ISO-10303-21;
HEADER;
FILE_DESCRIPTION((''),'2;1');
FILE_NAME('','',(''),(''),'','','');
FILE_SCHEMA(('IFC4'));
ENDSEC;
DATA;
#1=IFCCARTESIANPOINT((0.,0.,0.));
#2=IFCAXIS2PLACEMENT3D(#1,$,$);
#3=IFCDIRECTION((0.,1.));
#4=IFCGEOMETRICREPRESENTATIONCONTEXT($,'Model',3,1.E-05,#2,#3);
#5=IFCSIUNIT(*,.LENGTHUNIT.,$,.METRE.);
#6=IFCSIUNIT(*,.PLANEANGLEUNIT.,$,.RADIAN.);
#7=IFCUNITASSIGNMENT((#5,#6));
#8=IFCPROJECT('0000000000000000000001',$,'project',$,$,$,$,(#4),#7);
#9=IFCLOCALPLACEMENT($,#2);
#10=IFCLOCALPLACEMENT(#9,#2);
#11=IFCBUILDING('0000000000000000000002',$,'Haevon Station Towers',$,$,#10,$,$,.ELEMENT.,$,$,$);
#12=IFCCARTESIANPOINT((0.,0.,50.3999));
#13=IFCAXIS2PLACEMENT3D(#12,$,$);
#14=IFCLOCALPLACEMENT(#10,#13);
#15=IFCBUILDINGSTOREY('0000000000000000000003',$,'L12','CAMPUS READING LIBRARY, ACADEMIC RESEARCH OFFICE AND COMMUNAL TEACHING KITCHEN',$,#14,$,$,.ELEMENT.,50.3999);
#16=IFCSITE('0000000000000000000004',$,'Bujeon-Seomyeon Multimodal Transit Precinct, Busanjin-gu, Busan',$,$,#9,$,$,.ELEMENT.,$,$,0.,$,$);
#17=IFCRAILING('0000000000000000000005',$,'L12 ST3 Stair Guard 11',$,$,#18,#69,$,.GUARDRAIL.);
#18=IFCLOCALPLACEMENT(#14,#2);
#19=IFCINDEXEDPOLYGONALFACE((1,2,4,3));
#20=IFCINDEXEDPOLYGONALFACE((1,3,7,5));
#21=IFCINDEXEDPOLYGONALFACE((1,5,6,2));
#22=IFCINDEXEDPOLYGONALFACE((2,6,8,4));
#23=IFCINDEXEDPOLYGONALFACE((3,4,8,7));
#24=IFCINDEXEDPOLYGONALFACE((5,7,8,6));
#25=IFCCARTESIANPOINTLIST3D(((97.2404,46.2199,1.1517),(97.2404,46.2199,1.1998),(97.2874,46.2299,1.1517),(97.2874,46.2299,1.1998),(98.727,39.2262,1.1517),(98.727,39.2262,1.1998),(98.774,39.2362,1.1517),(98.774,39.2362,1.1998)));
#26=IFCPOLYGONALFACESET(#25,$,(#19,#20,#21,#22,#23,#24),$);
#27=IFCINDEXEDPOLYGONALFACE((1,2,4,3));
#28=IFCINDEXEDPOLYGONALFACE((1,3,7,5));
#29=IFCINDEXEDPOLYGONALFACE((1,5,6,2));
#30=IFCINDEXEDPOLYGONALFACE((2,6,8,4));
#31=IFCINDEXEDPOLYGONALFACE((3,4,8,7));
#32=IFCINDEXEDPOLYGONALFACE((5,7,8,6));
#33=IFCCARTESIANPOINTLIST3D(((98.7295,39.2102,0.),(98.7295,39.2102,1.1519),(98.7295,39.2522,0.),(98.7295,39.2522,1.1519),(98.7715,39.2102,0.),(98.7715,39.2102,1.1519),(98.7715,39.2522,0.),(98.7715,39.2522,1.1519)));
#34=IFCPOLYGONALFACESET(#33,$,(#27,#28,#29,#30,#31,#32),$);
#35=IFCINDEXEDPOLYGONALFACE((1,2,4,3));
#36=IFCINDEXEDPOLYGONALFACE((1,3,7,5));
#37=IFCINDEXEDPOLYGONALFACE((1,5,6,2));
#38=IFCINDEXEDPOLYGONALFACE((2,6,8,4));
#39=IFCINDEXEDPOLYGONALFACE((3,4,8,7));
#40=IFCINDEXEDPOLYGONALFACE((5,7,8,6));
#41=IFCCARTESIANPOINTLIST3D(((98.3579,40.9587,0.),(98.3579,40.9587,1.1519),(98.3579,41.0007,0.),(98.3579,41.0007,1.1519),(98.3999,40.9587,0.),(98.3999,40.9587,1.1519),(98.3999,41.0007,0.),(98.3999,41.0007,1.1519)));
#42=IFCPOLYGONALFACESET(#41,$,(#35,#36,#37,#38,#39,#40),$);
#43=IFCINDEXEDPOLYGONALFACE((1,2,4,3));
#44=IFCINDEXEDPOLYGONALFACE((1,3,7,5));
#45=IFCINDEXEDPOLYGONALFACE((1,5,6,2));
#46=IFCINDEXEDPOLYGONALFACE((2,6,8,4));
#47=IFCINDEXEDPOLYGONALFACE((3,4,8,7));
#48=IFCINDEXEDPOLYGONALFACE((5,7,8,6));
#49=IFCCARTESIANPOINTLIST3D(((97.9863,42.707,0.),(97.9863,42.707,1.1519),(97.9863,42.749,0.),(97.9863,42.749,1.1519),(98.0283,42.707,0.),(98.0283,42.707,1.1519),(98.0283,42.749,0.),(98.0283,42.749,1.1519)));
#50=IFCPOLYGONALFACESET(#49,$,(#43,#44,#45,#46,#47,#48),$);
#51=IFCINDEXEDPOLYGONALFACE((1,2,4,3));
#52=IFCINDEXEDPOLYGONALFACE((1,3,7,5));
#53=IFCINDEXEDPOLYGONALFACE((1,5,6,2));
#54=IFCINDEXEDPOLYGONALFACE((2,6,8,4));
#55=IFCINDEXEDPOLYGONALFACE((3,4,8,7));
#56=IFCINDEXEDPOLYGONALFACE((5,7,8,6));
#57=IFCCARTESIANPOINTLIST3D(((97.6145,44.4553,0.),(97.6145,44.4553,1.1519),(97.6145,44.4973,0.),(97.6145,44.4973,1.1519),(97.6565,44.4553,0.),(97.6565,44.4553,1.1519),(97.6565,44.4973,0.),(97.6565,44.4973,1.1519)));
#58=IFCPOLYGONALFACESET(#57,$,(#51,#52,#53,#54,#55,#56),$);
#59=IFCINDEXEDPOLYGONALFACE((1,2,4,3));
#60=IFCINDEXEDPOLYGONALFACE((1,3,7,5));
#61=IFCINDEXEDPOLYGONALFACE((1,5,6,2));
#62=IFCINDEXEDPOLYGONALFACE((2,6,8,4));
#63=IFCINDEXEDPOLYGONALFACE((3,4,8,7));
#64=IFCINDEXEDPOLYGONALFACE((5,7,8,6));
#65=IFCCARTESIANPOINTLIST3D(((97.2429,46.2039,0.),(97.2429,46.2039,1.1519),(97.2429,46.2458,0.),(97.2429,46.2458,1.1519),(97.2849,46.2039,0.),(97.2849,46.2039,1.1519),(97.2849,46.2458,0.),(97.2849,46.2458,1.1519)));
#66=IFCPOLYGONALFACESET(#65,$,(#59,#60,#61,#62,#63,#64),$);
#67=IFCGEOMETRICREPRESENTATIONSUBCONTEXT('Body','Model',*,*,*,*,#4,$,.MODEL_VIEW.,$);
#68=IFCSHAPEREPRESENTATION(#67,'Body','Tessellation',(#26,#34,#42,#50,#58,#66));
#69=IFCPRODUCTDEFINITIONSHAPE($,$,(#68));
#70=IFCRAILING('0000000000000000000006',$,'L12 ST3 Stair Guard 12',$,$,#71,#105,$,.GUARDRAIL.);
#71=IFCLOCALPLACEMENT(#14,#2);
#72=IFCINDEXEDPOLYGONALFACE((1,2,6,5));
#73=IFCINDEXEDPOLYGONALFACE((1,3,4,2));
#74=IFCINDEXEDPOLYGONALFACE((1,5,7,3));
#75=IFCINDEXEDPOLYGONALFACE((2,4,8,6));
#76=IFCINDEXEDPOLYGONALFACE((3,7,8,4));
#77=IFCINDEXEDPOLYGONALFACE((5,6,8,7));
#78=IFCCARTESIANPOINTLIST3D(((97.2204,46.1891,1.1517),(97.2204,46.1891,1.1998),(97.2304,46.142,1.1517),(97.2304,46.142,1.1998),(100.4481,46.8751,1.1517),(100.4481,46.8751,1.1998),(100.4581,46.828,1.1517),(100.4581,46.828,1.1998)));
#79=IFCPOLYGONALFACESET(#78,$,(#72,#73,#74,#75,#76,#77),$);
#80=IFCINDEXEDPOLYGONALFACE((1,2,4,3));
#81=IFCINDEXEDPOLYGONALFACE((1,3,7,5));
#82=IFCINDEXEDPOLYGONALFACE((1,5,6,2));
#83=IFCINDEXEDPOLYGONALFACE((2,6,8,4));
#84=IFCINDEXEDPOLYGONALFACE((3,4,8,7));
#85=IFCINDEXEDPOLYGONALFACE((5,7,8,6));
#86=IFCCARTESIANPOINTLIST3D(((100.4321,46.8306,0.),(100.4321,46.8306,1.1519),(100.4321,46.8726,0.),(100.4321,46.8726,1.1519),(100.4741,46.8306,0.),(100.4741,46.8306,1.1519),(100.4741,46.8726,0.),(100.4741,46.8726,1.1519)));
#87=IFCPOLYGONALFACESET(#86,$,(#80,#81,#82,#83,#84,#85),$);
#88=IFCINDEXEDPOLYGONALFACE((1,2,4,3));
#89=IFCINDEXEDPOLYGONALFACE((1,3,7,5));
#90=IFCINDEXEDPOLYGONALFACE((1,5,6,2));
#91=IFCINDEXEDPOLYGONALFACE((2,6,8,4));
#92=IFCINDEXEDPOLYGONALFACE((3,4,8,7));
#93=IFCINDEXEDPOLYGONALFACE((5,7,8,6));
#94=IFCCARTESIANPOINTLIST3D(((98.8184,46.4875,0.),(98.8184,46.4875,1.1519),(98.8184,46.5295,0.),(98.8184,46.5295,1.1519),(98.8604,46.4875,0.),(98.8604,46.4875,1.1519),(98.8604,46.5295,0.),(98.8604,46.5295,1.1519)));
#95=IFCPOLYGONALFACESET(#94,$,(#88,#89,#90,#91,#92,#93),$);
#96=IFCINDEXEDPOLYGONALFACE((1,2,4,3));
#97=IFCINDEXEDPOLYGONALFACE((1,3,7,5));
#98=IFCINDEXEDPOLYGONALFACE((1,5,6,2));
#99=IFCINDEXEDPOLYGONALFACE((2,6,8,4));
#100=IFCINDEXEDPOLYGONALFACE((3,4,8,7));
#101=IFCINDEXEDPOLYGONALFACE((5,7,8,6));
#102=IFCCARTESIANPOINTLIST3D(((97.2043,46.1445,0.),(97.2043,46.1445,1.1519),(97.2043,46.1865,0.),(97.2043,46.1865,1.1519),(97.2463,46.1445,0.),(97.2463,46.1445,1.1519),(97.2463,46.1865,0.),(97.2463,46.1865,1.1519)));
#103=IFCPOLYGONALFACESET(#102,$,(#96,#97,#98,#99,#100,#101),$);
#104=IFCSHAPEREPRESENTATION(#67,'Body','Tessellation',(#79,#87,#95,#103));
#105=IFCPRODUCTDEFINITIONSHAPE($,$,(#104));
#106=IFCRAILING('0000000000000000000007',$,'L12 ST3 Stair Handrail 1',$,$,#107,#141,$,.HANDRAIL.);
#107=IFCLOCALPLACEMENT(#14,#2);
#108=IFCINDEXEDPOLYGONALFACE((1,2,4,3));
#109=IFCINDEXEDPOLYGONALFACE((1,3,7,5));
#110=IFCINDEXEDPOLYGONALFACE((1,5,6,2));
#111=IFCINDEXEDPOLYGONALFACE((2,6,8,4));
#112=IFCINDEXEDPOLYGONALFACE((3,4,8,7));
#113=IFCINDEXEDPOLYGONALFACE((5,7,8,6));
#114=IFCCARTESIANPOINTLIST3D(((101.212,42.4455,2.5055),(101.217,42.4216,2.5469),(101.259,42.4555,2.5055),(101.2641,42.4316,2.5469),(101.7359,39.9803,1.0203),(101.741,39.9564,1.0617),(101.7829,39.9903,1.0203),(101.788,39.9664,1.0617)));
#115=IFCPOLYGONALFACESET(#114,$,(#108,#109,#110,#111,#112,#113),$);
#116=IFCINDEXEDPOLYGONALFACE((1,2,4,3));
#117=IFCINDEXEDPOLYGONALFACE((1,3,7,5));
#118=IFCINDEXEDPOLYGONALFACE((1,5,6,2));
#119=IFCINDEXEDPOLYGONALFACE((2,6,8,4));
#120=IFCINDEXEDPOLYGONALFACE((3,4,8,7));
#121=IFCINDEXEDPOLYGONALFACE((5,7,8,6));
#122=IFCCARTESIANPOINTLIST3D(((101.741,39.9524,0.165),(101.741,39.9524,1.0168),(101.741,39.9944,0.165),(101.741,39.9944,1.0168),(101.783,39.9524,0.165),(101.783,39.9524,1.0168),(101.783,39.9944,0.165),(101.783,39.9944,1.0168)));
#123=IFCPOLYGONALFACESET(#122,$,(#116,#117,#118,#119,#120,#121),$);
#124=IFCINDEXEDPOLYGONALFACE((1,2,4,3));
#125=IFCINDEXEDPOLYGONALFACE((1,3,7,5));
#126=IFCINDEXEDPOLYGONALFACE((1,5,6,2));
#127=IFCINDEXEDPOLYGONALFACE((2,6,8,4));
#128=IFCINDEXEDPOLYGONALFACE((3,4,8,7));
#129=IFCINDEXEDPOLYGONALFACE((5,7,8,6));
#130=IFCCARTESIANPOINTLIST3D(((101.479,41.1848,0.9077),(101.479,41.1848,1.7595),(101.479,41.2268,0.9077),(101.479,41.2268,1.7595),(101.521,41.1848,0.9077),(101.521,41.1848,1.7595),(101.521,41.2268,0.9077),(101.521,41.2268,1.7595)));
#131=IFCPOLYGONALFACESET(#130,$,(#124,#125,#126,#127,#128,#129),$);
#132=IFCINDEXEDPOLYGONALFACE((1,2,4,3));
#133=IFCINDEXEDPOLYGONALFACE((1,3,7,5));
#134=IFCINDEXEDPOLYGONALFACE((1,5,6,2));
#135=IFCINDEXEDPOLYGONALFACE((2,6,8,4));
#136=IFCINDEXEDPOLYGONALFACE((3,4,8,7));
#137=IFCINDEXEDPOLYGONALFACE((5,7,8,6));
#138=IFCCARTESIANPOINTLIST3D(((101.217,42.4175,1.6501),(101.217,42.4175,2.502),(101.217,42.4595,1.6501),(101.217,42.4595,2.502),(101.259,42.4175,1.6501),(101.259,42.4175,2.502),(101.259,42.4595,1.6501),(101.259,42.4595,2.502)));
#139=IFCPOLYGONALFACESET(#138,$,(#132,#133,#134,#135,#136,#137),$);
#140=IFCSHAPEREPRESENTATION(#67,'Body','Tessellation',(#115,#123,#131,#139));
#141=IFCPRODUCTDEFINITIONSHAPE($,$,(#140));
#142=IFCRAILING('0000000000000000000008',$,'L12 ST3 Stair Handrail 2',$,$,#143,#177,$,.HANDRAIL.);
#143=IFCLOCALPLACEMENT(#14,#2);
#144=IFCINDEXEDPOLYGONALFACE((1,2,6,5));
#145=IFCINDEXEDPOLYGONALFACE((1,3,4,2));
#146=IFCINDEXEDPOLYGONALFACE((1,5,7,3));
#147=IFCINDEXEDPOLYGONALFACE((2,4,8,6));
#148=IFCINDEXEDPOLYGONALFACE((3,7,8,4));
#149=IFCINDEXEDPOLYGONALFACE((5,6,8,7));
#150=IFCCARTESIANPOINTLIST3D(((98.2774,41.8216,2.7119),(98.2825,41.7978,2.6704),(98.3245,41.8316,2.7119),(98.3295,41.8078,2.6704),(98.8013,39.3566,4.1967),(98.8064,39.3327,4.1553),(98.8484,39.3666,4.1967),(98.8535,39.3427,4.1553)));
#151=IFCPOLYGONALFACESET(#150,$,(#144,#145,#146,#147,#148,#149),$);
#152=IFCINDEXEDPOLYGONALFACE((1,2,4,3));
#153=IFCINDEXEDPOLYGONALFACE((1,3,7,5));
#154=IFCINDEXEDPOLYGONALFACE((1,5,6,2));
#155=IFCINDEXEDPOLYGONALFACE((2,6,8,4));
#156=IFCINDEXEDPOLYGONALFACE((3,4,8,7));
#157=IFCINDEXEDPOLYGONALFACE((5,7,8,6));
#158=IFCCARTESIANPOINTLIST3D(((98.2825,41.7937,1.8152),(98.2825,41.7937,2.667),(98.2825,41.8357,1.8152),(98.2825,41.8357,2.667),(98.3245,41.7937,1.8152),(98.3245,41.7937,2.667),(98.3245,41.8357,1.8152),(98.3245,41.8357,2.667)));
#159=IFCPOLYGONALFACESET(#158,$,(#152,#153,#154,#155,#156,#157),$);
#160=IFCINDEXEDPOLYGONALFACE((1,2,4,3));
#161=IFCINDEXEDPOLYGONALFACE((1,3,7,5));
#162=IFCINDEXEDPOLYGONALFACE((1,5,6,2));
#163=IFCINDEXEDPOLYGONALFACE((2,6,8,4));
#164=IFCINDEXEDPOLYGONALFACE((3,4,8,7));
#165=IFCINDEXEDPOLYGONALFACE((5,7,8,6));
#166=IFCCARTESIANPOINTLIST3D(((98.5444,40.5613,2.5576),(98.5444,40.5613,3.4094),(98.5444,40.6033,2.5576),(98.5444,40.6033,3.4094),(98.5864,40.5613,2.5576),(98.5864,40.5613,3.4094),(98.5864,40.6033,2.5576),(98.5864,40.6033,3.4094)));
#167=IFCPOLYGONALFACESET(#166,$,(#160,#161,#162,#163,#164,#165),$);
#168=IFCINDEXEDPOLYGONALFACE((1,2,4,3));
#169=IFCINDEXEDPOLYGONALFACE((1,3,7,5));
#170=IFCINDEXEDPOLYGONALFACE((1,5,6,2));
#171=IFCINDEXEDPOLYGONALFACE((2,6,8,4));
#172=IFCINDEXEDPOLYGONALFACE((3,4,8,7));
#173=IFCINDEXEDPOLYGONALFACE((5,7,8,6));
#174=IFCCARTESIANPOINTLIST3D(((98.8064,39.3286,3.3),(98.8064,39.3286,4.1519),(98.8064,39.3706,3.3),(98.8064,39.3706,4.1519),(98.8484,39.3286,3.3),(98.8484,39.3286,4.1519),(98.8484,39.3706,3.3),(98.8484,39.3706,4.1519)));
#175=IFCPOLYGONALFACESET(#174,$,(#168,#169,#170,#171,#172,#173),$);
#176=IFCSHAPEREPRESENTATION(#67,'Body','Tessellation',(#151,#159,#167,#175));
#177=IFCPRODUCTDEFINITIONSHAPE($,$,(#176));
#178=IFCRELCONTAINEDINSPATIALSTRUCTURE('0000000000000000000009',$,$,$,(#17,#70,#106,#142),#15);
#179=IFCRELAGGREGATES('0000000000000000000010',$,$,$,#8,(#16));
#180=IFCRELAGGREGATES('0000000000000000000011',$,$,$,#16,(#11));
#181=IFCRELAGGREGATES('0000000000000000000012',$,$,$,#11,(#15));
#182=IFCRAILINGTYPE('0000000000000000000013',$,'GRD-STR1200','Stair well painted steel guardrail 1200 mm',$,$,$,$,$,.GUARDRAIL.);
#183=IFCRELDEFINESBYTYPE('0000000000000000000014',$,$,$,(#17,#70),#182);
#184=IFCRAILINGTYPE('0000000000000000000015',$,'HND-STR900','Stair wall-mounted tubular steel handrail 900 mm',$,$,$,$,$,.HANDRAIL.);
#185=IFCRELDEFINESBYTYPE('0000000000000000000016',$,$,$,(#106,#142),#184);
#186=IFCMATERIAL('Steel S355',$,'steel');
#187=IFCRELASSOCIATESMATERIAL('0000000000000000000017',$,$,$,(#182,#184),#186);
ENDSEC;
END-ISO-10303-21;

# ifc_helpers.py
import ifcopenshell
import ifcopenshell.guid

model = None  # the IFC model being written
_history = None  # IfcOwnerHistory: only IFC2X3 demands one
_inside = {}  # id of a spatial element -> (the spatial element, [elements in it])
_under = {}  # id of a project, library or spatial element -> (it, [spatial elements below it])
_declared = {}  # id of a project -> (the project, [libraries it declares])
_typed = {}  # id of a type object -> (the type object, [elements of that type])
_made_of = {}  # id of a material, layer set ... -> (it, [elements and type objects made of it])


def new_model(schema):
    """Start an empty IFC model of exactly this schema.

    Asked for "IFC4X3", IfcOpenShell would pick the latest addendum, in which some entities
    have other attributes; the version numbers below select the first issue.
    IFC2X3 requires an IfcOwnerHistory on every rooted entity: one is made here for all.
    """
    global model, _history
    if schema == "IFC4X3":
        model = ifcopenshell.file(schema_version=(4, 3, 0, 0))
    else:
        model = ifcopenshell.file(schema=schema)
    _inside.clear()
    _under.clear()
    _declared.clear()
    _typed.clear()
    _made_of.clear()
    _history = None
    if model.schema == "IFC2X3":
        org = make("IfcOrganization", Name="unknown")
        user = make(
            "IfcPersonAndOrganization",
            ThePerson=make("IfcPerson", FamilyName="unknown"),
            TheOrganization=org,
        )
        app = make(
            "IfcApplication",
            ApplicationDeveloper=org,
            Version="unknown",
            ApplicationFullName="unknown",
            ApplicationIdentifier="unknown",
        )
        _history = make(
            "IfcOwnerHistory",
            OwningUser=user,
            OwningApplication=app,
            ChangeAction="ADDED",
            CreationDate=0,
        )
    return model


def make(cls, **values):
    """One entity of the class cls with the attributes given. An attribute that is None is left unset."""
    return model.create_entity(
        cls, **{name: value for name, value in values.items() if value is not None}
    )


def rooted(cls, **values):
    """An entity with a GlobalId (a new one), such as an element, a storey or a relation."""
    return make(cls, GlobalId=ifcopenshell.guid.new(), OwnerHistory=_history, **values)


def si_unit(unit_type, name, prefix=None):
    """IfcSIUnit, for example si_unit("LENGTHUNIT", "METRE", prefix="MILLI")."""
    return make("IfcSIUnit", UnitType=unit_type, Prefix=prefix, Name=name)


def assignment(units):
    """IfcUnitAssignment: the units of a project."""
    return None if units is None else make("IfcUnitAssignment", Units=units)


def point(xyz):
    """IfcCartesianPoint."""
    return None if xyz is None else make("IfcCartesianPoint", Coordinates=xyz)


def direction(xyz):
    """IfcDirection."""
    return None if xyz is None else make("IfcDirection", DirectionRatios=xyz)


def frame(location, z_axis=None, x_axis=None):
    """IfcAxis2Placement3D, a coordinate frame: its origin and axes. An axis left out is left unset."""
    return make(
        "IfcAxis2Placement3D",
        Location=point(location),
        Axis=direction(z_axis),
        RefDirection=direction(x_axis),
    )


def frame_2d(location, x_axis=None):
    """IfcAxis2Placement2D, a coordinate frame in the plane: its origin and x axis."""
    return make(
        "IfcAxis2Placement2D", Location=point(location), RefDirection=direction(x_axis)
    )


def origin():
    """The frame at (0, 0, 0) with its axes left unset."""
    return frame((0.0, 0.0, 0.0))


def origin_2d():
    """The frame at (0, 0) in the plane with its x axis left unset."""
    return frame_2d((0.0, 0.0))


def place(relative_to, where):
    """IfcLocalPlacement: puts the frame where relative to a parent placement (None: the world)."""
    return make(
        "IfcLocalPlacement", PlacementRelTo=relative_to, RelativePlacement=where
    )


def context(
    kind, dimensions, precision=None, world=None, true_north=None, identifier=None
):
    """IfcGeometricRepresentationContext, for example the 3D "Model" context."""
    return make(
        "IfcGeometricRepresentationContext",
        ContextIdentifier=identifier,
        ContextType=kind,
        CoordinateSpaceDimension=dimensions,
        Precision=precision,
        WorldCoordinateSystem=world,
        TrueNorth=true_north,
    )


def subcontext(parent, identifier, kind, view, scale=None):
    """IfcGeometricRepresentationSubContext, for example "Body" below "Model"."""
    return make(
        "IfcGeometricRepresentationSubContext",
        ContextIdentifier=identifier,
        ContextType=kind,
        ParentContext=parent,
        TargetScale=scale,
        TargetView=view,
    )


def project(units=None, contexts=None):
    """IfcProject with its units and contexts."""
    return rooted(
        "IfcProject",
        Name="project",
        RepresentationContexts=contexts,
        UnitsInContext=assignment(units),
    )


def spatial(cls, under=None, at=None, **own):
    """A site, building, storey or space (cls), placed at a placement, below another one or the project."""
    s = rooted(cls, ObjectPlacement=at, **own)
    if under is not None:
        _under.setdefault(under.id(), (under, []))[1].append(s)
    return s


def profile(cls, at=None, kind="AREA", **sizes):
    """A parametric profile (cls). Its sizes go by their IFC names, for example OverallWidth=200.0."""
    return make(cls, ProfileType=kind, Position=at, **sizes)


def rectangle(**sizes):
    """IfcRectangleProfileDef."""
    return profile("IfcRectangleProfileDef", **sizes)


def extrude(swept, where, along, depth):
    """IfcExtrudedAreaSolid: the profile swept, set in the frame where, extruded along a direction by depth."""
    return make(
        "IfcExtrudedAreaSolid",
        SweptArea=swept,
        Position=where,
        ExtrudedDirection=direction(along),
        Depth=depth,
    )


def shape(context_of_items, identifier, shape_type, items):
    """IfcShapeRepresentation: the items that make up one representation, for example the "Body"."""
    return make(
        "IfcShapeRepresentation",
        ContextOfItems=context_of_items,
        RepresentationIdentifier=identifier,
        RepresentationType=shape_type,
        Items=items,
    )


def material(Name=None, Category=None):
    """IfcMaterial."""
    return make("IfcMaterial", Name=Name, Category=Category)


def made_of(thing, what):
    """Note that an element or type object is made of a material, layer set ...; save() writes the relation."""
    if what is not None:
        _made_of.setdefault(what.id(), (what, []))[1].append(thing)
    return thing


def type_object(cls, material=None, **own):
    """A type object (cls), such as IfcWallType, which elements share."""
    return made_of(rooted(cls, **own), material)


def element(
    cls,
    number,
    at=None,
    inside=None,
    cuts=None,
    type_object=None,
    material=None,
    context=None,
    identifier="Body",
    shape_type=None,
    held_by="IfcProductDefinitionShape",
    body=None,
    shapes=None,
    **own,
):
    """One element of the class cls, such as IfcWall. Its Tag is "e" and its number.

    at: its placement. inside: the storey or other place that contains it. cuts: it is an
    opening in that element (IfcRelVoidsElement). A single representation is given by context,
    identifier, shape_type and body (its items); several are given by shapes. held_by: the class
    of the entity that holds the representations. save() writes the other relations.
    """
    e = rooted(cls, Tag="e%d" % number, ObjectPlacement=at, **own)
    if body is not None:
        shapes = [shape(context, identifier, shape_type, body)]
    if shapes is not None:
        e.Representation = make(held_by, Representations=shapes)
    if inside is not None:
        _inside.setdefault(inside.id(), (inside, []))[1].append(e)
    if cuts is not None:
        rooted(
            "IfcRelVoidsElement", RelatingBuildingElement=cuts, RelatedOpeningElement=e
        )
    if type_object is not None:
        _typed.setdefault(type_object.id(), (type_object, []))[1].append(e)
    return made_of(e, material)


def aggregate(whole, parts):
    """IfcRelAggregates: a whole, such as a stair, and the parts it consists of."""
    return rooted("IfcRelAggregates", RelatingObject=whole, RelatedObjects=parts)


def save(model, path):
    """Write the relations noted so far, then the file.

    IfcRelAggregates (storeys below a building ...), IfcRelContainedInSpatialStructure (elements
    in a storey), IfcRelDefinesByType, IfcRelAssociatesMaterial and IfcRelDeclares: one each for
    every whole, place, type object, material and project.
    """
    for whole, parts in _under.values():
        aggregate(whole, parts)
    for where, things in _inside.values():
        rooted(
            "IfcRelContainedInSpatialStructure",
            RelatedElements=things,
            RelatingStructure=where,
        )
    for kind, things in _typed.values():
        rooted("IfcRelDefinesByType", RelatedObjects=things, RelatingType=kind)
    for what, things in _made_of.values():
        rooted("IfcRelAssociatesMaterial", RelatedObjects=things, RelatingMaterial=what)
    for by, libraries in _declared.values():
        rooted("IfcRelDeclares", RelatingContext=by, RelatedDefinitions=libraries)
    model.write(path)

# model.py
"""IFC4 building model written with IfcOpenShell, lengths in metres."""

from ifc_helpers import new_model, si_unit, direction, frame, origin, origin_2d, place, context, subcontext, project, spatial, rectangle, extrude, material, type_object, element, save


model = new_model("IFC4")

# Units and contexts
model_context = context("Model", 3, precision=1e-05, world=origin(), true_north=direction((0.0, 1.0)))
body_context = subcontext(model_context, "Body", "Model", "MODEL_VIEW")
ifc_project = project(units=[si_unit("LENGTHUNIT", "METRE"), si_unit("PLANEANGLEUNIT", "RADIAN")], contexts=[model_context])

# Site, building, storey
site_placement = place(None, origin())
site = spatial("IfcSite", under=ifc_project, at=site_placement, Name="Bujeon-Seomyeon Multimodal Transit Precinct, Busanjin-gu, Busan", CompositionType="ELEMENT", RefElevation=0.0)
building_placement = place(site_placement, origin())
building = spatial("IfcBuilding", under=site, at=building_placement, Name="Haevon Station Towers", CompositionType="ELEMENT")
storey_placement = place(building_placement, frame((0.0, 0.0, 50.3999)))
storey = spatial("IfcBuildingStorey", under=building, at=storey_placement, Name="L12", Description="CAMPUS READING LIBRARY, ACADEMIC RESEARCH OFFICE AND COMMUNAL TEACHING KITCHEN", CompositionType="ELEMENT", Elevation=50.3999)

# Shared definitions
ifc_material_1 = material(Name="Steel S355", Category="steel")

# Railings
railing_type_1 = type_object("IfcRailingType", Name="GRD-STR1200", Description="Stair well painted steel guardrail 1200 mm", PredefinedType="GUARDRAIL", material=ifc_material_1)
railing_1_placement = place(storey_placement, frame((98.7505, 39.2312, 0.0)))
element("IfcRailing", 1, at=railing_1_placement, inside=storey, type_object=railing_type_1, Name="L12 ST3 Stair Guard 11", PredefinedType="GUARDRAIL", context=body_context, shape_type="SweptSolid", body=[
    extrude(rectangle(XDim=0.0481, YDim=0.0481, at=origin_2d()), frame((0.0, 0.0, 1.1758), z_axis=(-0.207915, 0.978147, 0.0), x_axis=(-0.978147, -0.207915, 0.0)), (0.0, 0.0, 1.0), 7.1499),
    extrude(rectangle(XDim=0.042, YDim=0.042, at=origin_2d()), origin(), (0.0, 0.0, 1.0), 1.1519),
    extrude(rectangle(XDim=0.042, YDim=0.042, at=origin_2d()), frame((-0.3716, 1.7485, 0.0)), (0.0, 0.0, 1.0), 1.1519),
    extrude(rectangle(XDim=0.042, YDim=0.042, at=origin_2d()), frame((-0.7432, 3.4968, 0.0)), (0.0, 0.0, 1.0), 1.1519),
    extrude(rectangle(XDim=0.042, YDim=0.042, at=origin_2d()), frame((-1.115, 5.2451, 0.0)), (0.0, 0.0, 1.0), 1.1519),
    extrude(rectangle(XDim=0.042, YDim=0.042, at=origin_2d()), frame((-1.4866, 6.9937, 0.0)), (0.0, 0.0, 1.0), 1.1519),
])
railing_2_placement = place(storey_placement, frame((100.4531, 46.8516, 0.0)))
element("IfcRailing", 2, at=railing_2_placement, inside=storey, type_object=railing_type_1, Name="L12 ST3 Stair Guard 12", PredefinedType="GUARDRAIL", context=body_context, shape_type="SweptSolid", body=[
    extrude(rectangle(XDim=0.0481, YDim=0.0481, at=origin_2d()), frame((0.0, 0.0, 1.1758), z_axis=(-0.978151, -0.207897, 0.0), x_axis=(0.207897, -0.978151, 0.0)), (0.0, 0.0, 1.0), 3.2998),
    extrude(rectangle(XDim=0.042, YDim=0.042, at=origin_2d()), origin(), (0.0, 0.0, 1.0), 1.1519),
    extrude(rectangle(XDim=0.042, YDim=0.042, at=origin_2d()), frame((-1.6138, -0.343, 0.0)), (0.0, 0.0, 1.0), 1.1519),
    extrude(rectangle(XDim=0.042, YDim=0.042, at=origin_2d()), frame((-3.2278, -0.686, 0.0)), (0.0, 0.0, 1.0), 1.1519),
])
railing_type_2 = type_object("IfcRailingType", Name="HND-STR900", Description="Stair wall-mounted tubular steel handrail 900 mm", PredefinedType="HANDRAIL", material=ifc_material_1)
railing_3_placement = place(storey_placement, frame((101.762, 39.9734, 0.165)))
element("IfcRailing", 3, at=railing_3_placement, inside=storey, type_object=railing_type_2, Name="L12 ST3 Stair Handrail 1", PredefinedType="HANDRAIL", context=body_context, shape_type="SweptSolid", body=[
    extrude(rectangle(XDim=0.0481, YDim=0.0481, at=origin_2d()), frame((0.0, 0.0, 0.876), z_axis=(-0.179109, 0.842712, 0.507697), x_axis=(-0.978151, -0.207895, 0.0)), (0.0, 0.0, 1.0), 2.9253),
    extrude(rectangle(XDim=0.042, YDim=0.042, at=origin_2d()), origin(), (0.0, 0.0, 1.0), 0.8518),
    extrude(rectangle(XDim=0.042, YDim=0.042, at=origin_2d()), frame((-0.262, 1.2324, 0.7427)), (0.0, 0.0, 1.0), 0.8518),
    extrude(rectangle(XDim=0.042, YDim=0.042, at=origin_2d()), frame((-0.5239, 2.4651, 1.4851)), (0.0, 0.0, 1.0), 0.8518),
])
railing_4_placement = place(storey_placement, frame((98.3035, 41.8147, 1.8152)))
element("IfcRailing", 4, at=railing_4_placement, inside=storey, type_object=railing_type_2, Name="L12 ST3 Stair Handrail 2", PredefinedType="HANDRAIL", context=body_context, shape_type="SweptSolid", body=[
    extrude(rectangle(XDim=0.0481, YDim=0.0481, at=origin_2d()), frame((0.0, 0.0, 0.876), z_axis=(0.179116, -0.842748, 0.507635), x_axis=(0.978151, 0.207895, 0.0)), (0.0, 0.0, 1.0), 2.925),
    extrude(rectangle(XDim=0.042, YDim=0.042, at=origin_2d()), origin(), (0.0, 0.0, 1.0), 0.8518),
    extrude(rectangle(XDim=0.042, YDim=0.042, at=origin_2d()), frame((0.262, -1.2324, 0.7424)), (0.0, 0.0, 1.0), 0.8518),
    extrude(rectangle(XDim=0.042, YDim=0.042, at=origin_2d()), frame((0.5239, -2.4651, 1.4849)), (0.0, 0.0, 1.0), 0.8518),
])

save(model, "model.ifc")
